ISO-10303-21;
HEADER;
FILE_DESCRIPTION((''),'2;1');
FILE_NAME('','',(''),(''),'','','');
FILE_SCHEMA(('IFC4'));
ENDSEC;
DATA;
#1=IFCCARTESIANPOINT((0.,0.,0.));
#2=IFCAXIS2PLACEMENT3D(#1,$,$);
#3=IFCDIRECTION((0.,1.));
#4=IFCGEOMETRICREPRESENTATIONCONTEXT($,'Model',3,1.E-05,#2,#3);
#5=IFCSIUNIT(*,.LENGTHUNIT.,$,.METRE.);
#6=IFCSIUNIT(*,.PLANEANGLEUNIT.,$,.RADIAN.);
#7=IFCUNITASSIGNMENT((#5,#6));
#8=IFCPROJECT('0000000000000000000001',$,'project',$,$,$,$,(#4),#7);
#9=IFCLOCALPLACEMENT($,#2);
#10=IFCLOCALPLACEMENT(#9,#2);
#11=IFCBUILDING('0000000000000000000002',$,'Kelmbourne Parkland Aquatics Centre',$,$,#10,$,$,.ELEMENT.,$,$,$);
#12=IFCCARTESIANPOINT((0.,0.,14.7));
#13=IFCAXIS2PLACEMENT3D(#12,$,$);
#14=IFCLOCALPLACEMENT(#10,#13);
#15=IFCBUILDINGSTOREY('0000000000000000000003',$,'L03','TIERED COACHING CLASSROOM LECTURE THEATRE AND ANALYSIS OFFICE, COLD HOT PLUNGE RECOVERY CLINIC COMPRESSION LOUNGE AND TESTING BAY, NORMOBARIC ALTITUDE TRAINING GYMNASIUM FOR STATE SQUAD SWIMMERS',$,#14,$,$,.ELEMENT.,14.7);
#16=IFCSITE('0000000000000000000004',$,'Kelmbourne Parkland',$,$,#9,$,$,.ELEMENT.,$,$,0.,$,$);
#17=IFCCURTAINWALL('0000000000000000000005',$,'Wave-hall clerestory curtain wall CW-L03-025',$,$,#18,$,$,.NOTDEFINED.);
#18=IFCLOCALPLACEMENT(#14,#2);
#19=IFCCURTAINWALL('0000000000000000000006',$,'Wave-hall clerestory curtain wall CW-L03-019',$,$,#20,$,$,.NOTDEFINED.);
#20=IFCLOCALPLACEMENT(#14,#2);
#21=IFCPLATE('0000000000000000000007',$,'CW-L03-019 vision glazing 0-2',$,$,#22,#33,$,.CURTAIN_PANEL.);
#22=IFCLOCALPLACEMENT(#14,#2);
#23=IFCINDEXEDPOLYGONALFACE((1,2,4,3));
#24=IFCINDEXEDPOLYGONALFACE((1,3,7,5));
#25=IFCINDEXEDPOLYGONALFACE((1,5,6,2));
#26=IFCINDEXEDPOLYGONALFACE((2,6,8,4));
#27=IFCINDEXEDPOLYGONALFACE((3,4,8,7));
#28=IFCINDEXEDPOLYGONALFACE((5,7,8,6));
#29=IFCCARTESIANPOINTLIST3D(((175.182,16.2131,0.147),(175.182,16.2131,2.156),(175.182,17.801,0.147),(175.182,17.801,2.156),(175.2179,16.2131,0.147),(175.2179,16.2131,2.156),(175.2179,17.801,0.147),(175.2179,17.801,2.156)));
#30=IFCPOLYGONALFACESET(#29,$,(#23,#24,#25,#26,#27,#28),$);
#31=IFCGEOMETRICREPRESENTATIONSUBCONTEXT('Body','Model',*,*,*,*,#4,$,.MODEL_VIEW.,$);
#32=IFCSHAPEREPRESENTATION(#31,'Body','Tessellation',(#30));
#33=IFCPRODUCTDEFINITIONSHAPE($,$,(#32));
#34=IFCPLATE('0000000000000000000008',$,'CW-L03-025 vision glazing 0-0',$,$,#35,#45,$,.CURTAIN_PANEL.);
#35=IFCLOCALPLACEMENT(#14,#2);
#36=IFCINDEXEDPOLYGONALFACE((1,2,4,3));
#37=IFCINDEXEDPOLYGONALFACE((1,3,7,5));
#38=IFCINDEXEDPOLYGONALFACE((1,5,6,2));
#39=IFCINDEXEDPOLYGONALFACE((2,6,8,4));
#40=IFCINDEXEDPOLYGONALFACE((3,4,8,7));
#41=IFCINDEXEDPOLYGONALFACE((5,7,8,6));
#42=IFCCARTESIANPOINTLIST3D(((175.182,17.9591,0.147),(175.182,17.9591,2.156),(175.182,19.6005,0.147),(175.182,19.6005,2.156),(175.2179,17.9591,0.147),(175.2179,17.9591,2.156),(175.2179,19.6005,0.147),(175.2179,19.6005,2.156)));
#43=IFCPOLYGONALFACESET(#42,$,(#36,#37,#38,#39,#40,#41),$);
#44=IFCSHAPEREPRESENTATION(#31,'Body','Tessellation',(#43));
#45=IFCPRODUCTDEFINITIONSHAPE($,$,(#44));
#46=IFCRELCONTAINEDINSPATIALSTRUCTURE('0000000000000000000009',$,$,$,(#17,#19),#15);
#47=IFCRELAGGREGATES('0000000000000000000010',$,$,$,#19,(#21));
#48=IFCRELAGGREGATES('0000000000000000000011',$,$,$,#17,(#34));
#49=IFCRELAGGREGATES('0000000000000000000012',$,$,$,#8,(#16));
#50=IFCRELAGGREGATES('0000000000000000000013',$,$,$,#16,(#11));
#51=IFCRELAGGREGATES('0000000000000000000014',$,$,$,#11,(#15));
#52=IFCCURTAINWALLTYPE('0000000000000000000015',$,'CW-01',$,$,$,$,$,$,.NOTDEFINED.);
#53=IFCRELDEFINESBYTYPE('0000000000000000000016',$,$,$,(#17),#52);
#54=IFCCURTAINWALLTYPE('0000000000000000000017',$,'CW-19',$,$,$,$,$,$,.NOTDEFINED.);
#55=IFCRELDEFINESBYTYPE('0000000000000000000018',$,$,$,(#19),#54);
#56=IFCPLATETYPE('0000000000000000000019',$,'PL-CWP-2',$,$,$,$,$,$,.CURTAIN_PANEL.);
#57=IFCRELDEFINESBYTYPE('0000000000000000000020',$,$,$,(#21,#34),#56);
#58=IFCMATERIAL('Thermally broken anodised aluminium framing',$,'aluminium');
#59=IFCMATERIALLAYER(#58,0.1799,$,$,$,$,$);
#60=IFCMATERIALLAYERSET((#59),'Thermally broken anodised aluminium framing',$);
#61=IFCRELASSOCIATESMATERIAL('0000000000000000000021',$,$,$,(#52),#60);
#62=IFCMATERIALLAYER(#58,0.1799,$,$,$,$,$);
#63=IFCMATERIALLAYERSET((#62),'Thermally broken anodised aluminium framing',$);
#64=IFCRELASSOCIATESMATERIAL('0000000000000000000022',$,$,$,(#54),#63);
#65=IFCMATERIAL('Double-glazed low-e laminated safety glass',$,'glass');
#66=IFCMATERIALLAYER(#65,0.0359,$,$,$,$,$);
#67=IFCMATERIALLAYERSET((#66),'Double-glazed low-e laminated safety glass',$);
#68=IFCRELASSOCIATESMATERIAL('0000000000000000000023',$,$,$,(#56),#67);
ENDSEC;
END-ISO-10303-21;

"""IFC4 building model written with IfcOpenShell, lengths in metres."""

from ifc_helpers import new_model, si_unit, direction, frame, origin, origin_2d, place, context, subcontext, project, spatial, rectangle, extrude, material, layer, layer_set, type_object, element, aggregate, save


model = new_model("IFC4")

# Units and contexts
model_context = context("Model", 3, precision=1e-05, world=origin(), true_north=direction((0.0, 1.0)))
body_context = subcontext(model_context, "Body", "Model", "MODEL_VIEW")
ifc_project = project(units=[si_unit("LENGTHUNIT", "METRE"), si_unit("PLANEANGLEUNIT", "RADIAN")], contexts=[model_context])

# Site, building, storey
site_placement = place(None, origin())
site = spatial("IfcSite", under=ifc_project, at=site_placement, Name="Kelmbourne Parkland", CompositionType="ELEMENT", RefElevation=0.0)
building_placement = place(site_placement, origin())
building = spatial("IfcBuilding", under=site, at=building_placement, Name="Kelmbourne Parkland Aquatics Centre", CompositionType="ELEMENT")
storey_placement = place(building_placement, frame((0.0, 0.0, 14.7)))
storey = spatial("IfcBuildingStorey", under=building, at=storey_placement, Name="L03", Description="TIERED COACHING CLASSROOM LECTURE THEATRE AND ANALYSIS OFFICE, COLD HOT PLUNGE RECOVERY CLINIC COMPRESSION LOUNGE AND TESTING BAY, NORMOBARIC ALTITUDE TRAINING GYMNASIUM FOR STATE SQUAD SWIMMERS", CompositionType="ELEMENT", Elevation=14.7)

# Curtain walls
ifc_material_1 = material(Name="Thermally broken anodised aluminium framing", Category="aluminium")
ifc_layer_1 = layer(ifc_material_1, 0.1799)
ifc_layer_set_1 = layer_set([ifc_layer_1], Name="Thermally broken anodised aluminium framing")
curtain_wall_type_1 = type_object("IfcCurtainWallType", Name="CW-01", PredefinedType="NOTDEFINED", material=ifc_layer_set_1)
curtain_wall_1_placement = place(storey_placement, origin())
curtain_wall_1 = element("IfcCurtainWall", 1, at=curtain_wall_1_placement, inside=storey, type_object=curtain_wall_type_1, Name="Wave-hall clerestory curtain wall CW-L03-025", PredefinedType="NOTDEFINED")
ifc_layer_2 = layer(ifc_material_1, 0.1799)
ifc_layer_set_2 = layer_set([ifc_layer_2], Name="Thermally broken anodised aluminium framing")
curtain_wall_type_2 = type_object("IfcCurtainWallType", Name="CW-19", PredefinedType="NOTDEFINED", material=ifc_layer_set_2)
curtain_wall_2_placement = place(storey_placement, origin())
curtain_wall_2 = element("IfcCurtainWall", 2, at=curtain_wall_2_placement, inside=storey, type_object=curtain_wall_type_2, Name="Wave-hall clerestory curtain wall CW-L03-019", PredefinedType="NOTDEFINED")

# Plates
ifc_material_2 = material(Name="Double-glazed low-e laminated safety glass", Category="glass")
ifc_layer_3 = layer(ifc_material_2, 0.0359)
ifc_layer_set_3 = layer_set([ifc_layer_3], Name="Double-glazed low-e laminated safety glass")
plate_type_1 = type_object("IfcPlateType", Name="PL-CWP-2", PredefinedType="CURTAIN_PANEL", material=ifc_layer_set_3)
plate_1_placement = place(storey_placement, frame((175.2, 17.0071, 0.147), z_axis=(0.0, 0.0, 1.0), x_axis=(0.0, 1.0, 0.0)))
plate_1 = element("IfcPlate", 3, at=plate_1_placement, type_object=plate_type_1, Name="CW-L03-019 vision glazing 0-2", PredefinedType="CURTAIN_PANEL", context=body_context, shape_type="SweptSolid", body=[
    extrude(rectangle(XDim=1.5879, YDim=0.0359, at=origin_2d()), origin(), (0.0, 0.0, 1.0), 2.009),
])
aggregate(curtain_wall_2, [plate_1])
plate_2_placement = place(storey_placement, frame((175.2, 18.7798, 0.147), z_axis=(0.0, 0.0, 1.0), x_axis=(0.0, 1.0, 0.0)))
plate_2 = element("IfcPlate", 4, at=plate_2_placement, type_object=plate_type_1, Name="CW-L03-025 vision glazing 0-0", PredefinedType="CURTAIN_PANEL", context=body_context, shape_type="SweptSolid", body=[
    extrude(rectangle(XDim=1.6414, YDim=0.0359, at=origin_2d()), origin(), (0.0, 0.0, 1.0), 2.009),
])
aggregate(curtain_wall_1, [plate_2])

save(model, "model.ifc")
